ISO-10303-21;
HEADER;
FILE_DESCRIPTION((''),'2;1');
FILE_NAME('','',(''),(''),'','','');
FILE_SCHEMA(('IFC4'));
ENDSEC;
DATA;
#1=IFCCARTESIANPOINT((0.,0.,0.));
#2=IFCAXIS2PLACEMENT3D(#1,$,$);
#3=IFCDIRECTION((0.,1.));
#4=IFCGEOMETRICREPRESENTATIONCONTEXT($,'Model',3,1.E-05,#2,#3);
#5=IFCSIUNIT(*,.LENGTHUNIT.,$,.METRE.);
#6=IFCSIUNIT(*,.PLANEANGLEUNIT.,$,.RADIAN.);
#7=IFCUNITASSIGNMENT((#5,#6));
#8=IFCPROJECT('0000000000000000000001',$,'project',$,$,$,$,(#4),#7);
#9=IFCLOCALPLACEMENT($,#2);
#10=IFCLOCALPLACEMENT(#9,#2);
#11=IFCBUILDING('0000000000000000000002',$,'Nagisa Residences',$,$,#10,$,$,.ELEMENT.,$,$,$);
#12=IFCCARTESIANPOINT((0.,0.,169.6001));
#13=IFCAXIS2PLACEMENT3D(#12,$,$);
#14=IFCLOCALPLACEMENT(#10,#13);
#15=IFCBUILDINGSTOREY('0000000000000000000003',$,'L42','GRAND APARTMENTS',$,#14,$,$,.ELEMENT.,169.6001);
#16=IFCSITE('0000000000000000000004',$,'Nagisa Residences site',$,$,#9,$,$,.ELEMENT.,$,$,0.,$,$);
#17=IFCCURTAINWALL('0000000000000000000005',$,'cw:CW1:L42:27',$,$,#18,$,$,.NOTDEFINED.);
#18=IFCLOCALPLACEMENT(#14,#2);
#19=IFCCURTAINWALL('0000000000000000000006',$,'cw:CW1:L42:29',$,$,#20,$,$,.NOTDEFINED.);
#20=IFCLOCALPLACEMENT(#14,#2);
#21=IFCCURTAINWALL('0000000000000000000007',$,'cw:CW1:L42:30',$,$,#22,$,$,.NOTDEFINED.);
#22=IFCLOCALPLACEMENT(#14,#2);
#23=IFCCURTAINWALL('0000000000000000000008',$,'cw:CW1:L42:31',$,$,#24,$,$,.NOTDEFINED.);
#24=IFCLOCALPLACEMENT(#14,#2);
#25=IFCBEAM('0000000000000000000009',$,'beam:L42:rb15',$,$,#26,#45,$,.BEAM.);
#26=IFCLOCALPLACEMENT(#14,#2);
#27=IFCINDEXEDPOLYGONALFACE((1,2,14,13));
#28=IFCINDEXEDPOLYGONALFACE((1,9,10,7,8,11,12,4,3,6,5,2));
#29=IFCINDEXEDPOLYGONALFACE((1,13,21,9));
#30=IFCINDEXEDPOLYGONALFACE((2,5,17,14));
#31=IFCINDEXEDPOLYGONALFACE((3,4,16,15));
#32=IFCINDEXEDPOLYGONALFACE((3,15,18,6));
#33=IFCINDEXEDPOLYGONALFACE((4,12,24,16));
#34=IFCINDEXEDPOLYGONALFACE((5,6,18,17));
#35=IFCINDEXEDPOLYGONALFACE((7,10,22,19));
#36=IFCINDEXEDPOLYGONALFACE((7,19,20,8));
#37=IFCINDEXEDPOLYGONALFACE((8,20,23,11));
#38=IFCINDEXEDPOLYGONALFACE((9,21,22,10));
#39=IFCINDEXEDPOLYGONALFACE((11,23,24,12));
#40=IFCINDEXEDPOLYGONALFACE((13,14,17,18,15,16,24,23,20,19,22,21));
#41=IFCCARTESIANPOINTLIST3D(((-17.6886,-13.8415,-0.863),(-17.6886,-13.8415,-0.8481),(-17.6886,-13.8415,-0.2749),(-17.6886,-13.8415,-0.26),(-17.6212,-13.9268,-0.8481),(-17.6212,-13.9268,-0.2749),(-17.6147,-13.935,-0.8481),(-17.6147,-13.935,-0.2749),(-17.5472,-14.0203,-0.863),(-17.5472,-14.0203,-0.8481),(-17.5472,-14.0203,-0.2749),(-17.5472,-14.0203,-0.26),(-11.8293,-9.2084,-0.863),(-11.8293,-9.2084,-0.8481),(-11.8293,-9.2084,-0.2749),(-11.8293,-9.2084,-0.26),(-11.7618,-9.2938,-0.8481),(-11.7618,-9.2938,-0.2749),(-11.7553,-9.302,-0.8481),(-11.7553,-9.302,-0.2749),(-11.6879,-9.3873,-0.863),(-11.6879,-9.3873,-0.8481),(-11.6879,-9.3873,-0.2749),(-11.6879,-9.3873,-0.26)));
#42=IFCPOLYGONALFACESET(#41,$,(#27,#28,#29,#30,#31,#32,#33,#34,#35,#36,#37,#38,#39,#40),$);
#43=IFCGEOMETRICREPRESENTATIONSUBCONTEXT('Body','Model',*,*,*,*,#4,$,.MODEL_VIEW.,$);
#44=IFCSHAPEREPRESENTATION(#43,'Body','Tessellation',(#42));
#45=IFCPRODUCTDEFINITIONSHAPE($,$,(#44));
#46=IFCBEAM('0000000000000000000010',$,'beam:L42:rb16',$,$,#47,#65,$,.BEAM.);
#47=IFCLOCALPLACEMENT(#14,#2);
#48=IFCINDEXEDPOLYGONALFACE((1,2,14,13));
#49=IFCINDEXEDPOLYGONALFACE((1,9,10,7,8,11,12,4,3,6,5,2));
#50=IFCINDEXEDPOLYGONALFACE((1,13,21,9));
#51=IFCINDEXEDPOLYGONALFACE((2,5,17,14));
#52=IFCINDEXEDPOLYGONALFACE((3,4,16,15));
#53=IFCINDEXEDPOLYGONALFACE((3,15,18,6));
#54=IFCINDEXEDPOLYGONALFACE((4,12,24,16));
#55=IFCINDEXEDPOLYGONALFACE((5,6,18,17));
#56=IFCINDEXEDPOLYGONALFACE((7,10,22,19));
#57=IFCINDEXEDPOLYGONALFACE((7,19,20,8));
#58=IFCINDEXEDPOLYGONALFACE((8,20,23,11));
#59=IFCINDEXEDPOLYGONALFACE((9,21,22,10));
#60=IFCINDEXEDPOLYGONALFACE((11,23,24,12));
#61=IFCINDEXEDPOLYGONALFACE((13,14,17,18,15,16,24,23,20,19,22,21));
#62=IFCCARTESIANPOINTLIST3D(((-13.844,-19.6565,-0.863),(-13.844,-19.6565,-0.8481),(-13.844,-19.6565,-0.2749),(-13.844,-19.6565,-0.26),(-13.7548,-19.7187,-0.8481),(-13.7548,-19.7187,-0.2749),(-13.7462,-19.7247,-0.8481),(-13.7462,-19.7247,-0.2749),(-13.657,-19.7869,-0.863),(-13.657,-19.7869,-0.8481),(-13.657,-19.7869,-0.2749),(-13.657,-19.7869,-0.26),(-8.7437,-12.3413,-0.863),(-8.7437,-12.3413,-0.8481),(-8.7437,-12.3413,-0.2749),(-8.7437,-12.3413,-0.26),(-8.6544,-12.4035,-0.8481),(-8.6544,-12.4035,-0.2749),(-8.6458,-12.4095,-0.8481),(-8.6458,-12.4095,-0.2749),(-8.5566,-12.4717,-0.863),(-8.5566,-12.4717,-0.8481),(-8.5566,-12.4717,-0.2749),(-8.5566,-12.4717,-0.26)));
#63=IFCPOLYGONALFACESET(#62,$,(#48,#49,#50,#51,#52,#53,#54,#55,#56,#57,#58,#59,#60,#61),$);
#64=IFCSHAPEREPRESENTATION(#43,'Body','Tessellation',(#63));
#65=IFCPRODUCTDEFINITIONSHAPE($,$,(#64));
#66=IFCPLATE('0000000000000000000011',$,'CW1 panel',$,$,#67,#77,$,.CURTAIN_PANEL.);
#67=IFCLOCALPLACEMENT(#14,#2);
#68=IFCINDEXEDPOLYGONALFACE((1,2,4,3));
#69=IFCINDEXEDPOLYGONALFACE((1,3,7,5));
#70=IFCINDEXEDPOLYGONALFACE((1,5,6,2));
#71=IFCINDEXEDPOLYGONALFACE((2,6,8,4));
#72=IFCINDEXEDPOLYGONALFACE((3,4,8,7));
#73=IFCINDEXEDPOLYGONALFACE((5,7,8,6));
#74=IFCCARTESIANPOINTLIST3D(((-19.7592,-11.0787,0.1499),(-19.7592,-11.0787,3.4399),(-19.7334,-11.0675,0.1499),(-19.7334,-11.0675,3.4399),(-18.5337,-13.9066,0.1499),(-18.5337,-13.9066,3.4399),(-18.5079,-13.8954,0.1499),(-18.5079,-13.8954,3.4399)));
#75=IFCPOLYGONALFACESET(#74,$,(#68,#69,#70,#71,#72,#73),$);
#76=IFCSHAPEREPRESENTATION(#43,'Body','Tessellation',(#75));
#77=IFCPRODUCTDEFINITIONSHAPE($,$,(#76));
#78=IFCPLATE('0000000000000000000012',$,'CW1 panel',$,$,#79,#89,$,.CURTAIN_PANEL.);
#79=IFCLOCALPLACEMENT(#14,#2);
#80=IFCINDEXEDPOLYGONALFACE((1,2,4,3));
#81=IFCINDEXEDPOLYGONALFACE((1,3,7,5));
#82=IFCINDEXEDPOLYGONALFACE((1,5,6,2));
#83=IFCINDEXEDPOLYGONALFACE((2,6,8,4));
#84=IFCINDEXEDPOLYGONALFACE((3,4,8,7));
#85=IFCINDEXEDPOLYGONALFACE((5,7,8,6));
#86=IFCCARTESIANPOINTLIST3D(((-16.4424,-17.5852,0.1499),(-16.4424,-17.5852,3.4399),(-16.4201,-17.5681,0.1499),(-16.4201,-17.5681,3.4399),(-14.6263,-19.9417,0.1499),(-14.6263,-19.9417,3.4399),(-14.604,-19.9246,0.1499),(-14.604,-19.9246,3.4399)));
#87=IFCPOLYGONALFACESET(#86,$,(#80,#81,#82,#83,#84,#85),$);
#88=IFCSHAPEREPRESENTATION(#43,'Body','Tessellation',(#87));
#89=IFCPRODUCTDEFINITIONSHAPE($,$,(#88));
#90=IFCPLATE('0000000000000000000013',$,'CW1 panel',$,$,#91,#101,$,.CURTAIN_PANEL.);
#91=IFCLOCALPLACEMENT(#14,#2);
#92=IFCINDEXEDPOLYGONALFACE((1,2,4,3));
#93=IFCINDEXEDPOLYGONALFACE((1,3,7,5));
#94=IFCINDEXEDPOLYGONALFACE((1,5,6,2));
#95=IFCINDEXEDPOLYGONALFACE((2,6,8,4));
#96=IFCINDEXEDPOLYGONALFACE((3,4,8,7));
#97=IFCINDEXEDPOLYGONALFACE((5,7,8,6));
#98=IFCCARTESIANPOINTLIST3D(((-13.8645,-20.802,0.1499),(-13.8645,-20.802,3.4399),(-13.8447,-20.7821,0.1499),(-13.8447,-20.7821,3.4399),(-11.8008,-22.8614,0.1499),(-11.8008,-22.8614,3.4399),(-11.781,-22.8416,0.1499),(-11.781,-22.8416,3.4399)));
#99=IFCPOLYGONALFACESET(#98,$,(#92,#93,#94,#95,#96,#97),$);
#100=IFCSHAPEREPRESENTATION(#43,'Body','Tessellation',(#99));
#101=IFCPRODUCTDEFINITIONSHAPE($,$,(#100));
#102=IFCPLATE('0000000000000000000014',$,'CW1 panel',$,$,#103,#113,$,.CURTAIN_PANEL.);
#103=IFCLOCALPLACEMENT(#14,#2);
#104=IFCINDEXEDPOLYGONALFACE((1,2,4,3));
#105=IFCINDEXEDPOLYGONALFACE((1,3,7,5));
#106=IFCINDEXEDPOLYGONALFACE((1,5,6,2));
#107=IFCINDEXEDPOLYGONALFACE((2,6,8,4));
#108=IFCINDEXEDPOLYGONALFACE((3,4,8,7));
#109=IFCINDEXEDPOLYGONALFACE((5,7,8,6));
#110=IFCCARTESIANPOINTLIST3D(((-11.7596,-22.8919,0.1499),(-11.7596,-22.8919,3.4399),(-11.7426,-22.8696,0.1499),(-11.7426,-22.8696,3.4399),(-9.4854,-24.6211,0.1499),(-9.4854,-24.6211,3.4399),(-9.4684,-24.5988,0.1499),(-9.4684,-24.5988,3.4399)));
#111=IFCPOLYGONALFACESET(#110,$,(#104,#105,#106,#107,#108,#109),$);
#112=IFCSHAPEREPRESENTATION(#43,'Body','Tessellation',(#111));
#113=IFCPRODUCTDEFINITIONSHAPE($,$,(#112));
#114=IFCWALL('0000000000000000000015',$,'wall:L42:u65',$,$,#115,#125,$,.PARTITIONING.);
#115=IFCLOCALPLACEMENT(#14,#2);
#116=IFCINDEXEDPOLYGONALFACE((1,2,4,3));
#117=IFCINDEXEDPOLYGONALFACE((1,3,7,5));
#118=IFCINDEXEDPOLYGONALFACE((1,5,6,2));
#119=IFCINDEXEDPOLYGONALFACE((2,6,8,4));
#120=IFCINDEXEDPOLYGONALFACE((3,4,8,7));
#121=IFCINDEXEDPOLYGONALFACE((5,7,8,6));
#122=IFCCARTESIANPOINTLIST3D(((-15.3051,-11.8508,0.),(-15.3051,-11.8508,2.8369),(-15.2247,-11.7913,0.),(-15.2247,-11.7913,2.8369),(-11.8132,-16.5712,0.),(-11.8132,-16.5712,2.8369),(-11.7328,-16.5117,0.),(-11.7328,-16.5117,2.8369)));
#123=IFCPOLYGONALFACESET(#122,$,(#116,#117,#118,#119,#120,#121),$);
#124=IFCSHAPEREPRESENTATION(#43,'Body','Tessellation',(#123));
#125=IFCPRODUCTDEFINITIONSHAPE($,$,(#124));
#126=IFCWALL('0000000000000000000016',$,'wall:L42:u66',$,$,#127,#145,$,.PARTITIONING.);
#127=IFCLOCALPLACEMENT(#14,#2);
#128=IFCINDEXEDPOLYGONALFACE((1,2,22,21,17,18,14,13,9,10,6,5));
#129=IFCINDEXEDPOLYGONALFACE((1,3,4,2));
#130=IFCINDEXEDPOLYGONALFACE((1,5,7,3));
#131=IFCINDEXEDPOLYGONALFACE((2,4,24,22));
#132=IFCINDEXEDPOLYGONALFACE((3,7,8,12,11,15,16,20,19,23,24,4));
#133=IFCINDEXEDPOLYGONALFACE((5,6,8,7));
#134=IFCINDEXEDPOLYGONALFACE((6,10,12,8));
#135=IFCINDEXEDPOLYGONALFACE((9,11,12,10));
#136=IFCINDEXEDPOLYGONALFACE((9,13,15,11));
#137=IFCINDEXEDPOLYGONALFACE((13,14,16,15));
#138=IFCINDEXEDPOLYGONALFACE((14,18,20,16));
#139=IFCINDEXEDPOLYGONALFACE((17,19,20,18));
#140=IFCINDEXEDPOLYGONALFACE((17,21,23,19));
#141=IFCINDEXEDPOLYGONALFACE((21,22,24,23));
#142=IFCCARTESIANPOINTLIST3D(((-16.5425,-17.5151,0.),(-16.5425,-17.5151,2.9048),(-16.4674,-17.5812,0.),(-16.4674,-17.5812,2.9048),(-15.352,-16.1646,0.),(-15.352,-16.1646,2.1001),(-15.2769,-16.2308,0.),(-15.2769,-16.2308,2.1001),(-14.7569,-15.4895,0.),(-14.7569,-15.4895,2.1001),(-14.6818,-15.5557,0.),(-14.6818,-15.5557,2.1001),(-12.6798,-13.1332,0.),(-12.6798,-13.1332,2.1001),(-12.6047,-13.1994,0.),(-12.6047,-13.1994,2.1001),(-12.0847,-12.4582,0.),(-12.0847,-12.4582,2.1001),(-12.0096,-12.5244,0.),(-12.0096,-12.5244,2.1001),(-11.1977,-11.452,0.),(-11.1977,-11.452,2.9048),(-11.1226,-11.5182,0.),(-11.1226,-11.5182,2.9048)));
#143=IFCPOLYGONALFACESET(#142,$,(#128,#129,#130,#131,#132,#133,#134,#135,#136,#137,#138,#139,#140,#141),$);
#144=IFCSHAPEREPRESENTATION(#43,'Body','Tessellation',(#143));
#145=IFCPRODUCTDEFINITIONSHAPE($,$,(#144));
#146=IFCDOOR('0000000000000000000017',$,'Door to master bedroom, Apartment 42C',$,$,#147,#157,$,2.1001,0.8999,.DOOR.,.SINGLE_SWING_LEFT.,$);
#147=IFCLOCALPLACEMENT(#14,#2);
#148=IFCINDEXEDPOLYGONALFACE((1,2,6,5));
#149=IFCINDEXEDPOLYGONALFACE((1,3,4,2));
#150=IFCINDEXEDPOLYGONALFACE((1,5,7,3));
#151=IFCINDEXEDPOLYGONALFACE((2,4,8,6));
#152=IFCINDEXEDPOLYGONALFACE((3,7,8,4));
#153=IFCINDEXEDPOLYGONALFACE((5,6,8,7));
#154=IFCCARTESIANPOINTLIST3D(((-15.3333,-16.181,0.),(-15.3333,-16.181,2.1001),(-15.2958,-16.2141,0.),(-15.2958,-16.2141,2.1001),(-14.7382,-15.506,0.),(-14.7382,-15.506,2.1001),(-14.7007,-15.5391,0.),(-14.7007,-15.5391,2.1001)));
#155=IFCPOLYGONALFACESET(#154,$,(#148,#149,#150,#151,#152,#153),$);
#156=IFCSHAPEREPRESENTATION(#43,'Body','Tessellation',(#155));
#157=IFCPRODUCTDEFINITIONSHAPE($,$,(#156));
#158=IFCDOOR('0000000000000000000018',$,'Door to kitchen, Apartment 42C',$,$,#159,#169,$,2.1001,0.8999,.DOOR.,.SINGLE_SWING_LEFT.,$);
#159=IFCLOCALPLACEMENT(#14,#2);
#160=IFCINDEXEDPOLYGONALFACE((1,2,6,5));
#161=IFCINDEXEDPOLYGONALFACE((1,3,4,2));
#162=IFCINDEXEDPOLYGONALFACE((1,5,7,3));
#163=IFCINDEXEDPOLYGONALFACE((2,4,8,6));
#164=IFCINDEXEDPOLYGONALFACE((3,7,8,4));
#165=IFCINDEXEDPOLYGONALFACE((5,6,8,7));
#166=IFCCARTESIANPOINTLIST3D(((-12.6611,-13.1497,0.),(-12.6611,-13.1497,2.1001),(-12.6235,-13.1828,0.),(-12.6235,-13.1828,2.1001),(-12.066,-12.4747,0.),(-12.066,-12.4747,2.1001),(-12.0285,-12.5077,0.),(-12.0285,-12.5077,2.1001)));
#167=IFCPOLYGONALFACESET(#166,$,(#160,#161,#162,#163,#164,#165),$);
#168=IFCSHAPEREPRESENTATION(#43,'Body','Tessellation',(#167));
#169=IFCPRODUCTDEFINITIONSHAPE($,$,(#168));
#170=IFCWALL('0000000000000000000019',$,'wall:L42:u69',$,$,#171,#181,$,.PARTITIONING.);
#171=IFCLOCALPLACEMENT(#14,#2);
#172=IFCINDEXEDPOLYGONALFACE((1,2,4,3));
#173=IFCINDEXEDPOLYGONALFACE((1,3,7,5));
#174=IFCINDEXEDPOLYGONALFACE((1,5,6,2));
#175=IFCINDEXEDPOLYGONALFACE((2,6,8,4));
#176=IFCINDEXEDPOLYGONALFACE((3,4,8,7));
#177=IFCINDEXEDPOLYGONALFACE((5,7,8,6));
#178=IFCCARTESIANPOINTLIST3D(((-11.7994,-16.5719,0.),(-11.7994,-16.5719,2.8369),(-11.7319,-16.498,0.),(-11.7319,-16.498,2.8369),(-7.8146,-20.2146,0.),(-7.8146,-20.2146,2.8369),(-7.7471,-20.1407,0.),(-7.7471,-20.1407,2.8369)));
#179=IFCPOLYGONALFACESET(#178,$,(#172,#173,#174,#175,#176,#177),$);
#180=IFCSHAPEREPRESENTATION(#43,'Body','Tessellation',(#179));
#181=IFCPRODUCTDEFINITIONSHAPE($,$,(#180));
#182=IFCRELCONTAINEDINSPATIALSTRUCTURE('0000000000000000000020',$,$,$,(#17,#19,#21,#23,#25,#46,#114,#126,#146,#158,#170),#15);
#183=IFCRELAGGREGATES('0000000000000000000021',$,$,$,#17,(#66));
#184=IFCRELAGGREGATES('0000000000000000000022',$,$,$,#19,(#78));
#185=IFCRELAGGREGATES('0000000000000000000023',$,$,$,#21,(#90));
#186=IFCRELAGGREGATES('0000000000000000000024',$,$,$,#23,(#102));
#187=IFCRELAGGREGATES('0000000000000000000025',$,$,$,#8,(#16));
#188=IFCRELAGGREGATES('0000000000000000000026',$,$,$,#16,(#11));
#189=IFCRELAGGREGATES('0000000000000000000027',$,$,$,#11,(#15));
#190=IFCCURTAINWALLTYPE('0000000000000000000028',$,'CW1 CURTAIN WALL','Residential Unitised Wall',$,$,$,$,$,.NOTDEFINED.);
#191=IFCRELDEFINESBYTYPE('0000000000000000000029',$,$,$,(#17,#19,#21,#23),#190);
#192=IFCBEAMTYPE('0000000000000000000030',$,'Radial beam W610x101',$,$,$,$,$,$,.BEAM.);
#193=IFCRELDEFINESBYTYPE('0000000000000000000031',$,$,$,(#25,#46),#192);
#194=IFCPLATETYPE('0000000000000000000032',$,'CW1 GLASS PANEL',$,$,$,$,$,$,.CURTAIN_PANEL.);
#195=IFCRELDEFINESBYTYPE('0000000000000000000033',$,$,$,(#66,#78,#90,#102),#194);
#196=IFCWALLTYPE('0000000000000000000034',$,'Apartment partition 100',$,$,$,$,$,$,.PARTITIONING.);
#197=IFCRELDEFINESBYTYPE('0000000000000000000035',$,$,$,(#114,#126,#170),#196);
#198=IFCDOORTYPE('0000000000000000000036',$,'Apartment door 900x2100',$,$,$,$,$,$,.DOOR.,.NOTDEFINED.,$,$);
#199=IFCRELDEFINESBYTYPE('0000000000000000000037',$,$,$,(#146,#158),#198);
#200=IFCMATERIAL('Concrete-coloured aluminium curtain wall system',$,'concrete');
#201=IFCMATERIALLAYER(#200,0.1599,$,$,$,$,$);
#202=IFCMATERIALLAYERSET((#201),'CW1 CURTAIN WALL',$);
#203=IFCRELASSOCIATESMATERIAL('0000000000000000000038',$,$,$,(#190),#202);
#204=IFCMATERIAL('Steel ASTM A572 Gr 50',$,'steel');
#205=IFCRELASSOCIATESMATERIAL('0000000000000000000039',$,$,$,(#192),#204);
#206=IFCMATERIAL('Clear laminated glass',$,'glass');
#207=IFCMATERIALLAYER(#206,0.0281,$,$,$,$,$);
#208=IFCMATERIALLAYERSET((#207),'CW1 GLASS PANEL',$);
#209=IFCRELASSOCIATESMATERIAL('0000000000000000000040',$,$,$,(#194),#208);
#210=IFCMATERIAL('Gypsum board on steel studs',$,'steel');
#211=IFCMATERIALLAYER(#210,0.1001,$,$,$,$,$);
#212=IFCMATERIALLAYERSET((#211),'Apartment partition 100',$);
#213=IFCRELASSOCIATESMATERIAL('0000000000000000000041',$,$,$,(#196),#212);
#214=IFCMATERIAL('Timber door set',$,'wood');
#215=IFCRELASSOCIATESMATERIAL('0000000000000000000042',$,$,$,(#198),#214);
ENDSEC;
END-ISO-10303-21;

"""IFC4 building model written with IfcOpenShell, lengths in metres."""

from ifc_helpers import new_model, si_unit, direction, frame, frame_2d, origin, origin_2d, place, context, subcontext, project, spatial, rectangle, i_section, extrude, material, layer, layer_set, material_profile, profile_set, type_object, element, fill, aggregate, save


model = new_model("IFC4")

# Units and contexts
model_context = context("Model", 3, precision=1e-05, world=origin(), true_north=direction((0.0, 1.0)))
body_context = subcontext(model_context, "Body", "Model", "MODEL_VIEW")
ifc_project = project(units=[si_unit("LENGTHUNIT", "METRE"), si_unit("PLANEANGLEUNIT", "RADIAN")], contexts=[model_context])

# Site, building, storey
site_placement = place(None, origin())
site = spatial("IfcSite", under=ifc_project, at=site_placement, Name="Nagisa Residences site", CompositionType="ELEMENT", RefElevation=0.0)
building_placement = place(site_placement, origin())
building = spatial("IfcBuilding", under=site, at=building_placement, Name="Nagisa Residences", CompositionType="ELEMENT")
storey_placement = place(building_placement, frame((0.0, 0.0, 169.6001)))
storey = spatial("IfcBuildingStorey", under=building, at=storey_placement, Name="L42", Description="GRAND APARTMENTS", CompositionType="ELEMENT", Elevation=169.6001)

# Curtain walls
ifc_material_1 = material(Name="Concrete-coloured aluminium curtain wall system", Category="concrete")
ifc_layer_1 = layer(ifc_material_1, 0.1599)
ifc_layer_set_1 = layer_set([ifc_layer_1], Name="CW1 CURTAIN WALL")
curtain_wall_type = type_object("IfcCurtainWallType", Name="CW1 CURTAIN WALL", Description="Residential Unitised Wall", PredefinedType="NOTDEFINED", material=ifc_layer_set_1)
curtain_wall_1_placement = place(storey_placement, origin())
curtain_wall_1 = element("IfcCurtainWall", 1, at=curtain_wall_1_placement, inside=storey, type_object=curtain_wall_type, Name="cw:CW1:L42:27", PredefinedType="NOTDEFINED")
curtain_wall_2_placement = place(storey_placement, origin())
curtain_wall_2 = element("IfcCurtainWall", 2, at=curtain_wall_2_placement, inside=storey, type_object=curtain_wall_type, Name="cw:CW1:L42:29", PredefinedType="NOTDEFINED")
curtain_wall_3_placement = place(storey_placement, origin())
curtain_wall_3 = element("IfcCurtainWall", 3, at=curtain_wall_3_placement, inside=storey, type_object=curtain_wall_type, Name="cw:CW1:L42:30", PredefinedType="NOTDEFINED")
curtain_wall_4_placement = place(storey_placement, origin())
curtain_wall_4 = element("IfcCurtainWall", 4, at=curtain_wall_4_placement, inside=storey, type_object=curtain_wall_type, Name="cw:CW1:L42:31", PredefinedType="NOTDEFINED")

# Beams
ifc_material_2 = material(Name="Steel ASTM A572 Gr 50", Category="steel")
ifc_material_profile_1 = material_profile(ifc_material_2, i_section(OverallWidth=0.228, OverallDepth=0.603, WebThickness=0.0105, FlangeThickness=0.0149, at=origin_2d()), Name="W610x101")
ifc_profile_set_1 = profile_set([ifc_material_profile_1], Name="Steel ASTM A572 Gr 50")
beam_type_1 = type_object("IfcBeamType", Name="Radial beam W610x101", PredefinedType="BEAM", material=ifc_profile_set_1)
beam_1_placement = place(storey_placement, frame((-17.6179, -13.9309, -0.5615), z_axis=(0.784412, 0.620241, 0.0), x_axis=(-0.620241, 0.784412, 0.0)))
element("IfcBeam", 5, at=beam_1_placement, inside=storey, type_object=beam_type_1, Name="beam:L42:rb15", PredefinedType="BEAM", context=body_context, shape_type="SweptSolid", body=[
    extrude(i_section(OverallWidth=0.228, OverallDepth=0.603, WebThickness=0.0105, FlangeThickness=0.0149, at=origin_2d()), origin(), (0.0, 0.0, 1.0), 7.4697),
])
beam_2_placement = place(storey_placement, frame((-13.7505, -19.7217, -0.5615), z_axis=(0.571934, 0.820299, 0.0), x_axis=(-0.820299, 0.571934, 0.0)))
element("IfcBeam", 6, at=beam_2_placement, inside=storey, type_object=beam_type_1, Name="beam:L42:rb16", PredefinedType="BEAM", context=body_context, shape_type="SweptSolid", body=[
    extrude(i_section(OverallWidth=0.228, OverallDepth=0.603, WebThickness=0.0105, FlangeThickness=0.0149, at=origin_2d()), origin(), (0.0, 0.0, 1.0), 8.9177),
])

# Plates
ifc_material_3 = material(Name="Clear laminated glass", Category="glass")
ifc_layer_2 = layer(ifc_material_3, 0.0281)
ifc_layer_set_2 = layer_set([ifc_layer_2], Name="CW1 GLASS PANEL")
plate_type = type_object("IfcPlateType", Name="CW1 GLASS PANEL", PredefinedType="CURTAIN_PANEL", material=ifc_layer_set_2)
plate_1_placement = place(storey_placement, frame((-19.1335, -12.4871, 0.1499), z_axis=(0.0, 0.0, 1.0), x_axis=(0.397636, -0.917543, 0.0)))
plate_1 = element("IfcPlate", 7, at=plate_1_placement, type_object=plate_type, Name="CW1 panel", PredefinedType="CURTAIN_PANEL", context=body_context, shape_type="SweptSolid", body=[
    extrude(rectangle(XDim=3.082, YDim=0.0281, at=origin_2d()), origin(), (0.0, 0.0, 1.0), 3.29),
])
aggregate(curtain_wall_1, [plate_1])
plate_2_placement = place(storey_placement, frame((-15.5232, -18.7549, 0.1499), z_axis=(0.0, 0.0, 1.0), x_axis=(0.61043, -0.79207, 0.0)))
plate_2 = element("IfcPlate", 8, at=plate_2_placement, type_object=plate_type, Name="CW1 panel", PredefinedType="CURTAIN_PANEL", context=body_context, shape_type="SweptSolid", body=[
    extrude(rectangle(XDim=2.9751, YDim=0.0281, at=origin_2d()), origin(), (0.0, 0.0, 1.0), 3.29),
])
aggregate(curtain_wall_2, [plate_2])
plate_3_placement = place(storey_placement, frame((-12.8228, -21.8218, 0.1499), z_axis=(0.0, 0.0, 1.0), x_axis=(0.707836, -0.706377, 0.0)))
plate_3 = element("IfcPlate", 9, at=plate_3_placement, type_object=plate_type, Name="CW1 panel", PredefinedType="CURTAIN_PANEL", context=body_context, shape_type="SweptSolid", body=[
    extrude(rectangle(XDim=2.9155, YDim=0.0281, at=origin_2d()), origin(), (0.0, 0.0, 1.0), 3.29),
])
aggregate(curtain_wall_3, [plate_3])
plate_4_placement = place(storey_placement, frame((-10.614, -23.7454, 0.1499), z_axis=(0.0, 0.0, 1.0), x_axis=(0.796031, -0.605255, 0.0)))
plate_4 = element("IfcPlate", 10, at=plate_4_placement, type_object=plate_type, Name="CW1 panel", PredefinedType="CURTAIN_PANEL", context=body_context, shape_type="SweptSolid", body=[
    extrude(rectangle(XDim=2.8569, YDim=0.0281, at=origin_2d()), origin(), (0.0, 0.0, 1.0), 3.29),
])
aggregate(curtain_wall_4, [plate_4])

# Wall
ifc_material_4 = material(Name="Gypsum board on steel studs", Category="steel")
ifc_layer_3 = layer(ifc_material_4, 0.1001)
ifc_layer_set_3 = layer_set([ifc_layer_3], Name="Apartment partition 100")
wall_type_1 = type_object("IfcWallType", Name="Apartment partition 100", PredefinedType="PARTITIONING", material=ifc_layer_set_3)
wall_1_placement = place(storey_placement, frame((-15.2649, -11.821, 0.0), z_axis=(0.0, 0.0, 1.0), x_axis=(0.594711, -0.803939, 0.0)))
element("IfcWall", 11, at=wall_1_placement, inside=storey, type_object=wall_type_1, Name="wall:L42:u65", PredefinedType="PARTITIONING", context=body_context, shape_type="SweptSolid", body=[
    extrude(rectangle(XDim=5.8716, YDim=0.1001, at=frame_2d((2.9358, 0.0))), origin(), (0.0, 0.0, 1.0), 2.8369),
])

# Wall, openings, doors
wall_2_placement = place(storey_placement, frame((-11.1602, -11.4851, 0.0), z_axis=(0.0, 0.0, 1.0), x_axis=(-0.661276, -0.750143, 0.0)))
wall_2 = element("IfcWall", 12, at=wall_2_placement, inside=storey, type_object=wall_type_1, Name="wall:L42:u66", PredefinedType="PARTITIONING", context=body_context, shape_type="SweptSolid", body=[
    extrude(rectangle(XDim=8.0825, YDim=0.1001, at=frame_2d((4.0413, 0.0))), origin(), (0.0, 0.0, 1.0), 2.9048),
])
opening_1_placement = place(wall_2_placement, frame((5.3823, 0.0, 0.0)))
opening_1 = element("IfcOpeningElement", 13, at=opening_1_placement, cuts=wall_2, PredefinedType="OPENING", context=body_context, shape_type="SweptSolid", body=[
    extrude(rectangle(XDim=0.8999, YDim=2.1001, at=frame_2d((0.45, 1.05))), frame((0.0, 0.0601, 0.0), z_axis=(0.0, -1.0, 0.0), x_axis=(1.0, 0.0, 0.0)), (0.0, 0.0, 1.0), 0.1201),
])
opening_2_placement = place(wall_2_placement, frame((1.3413, 0.0, 0.0)))
opening_2 = element("IfcOpeningElement", 14, at=opening_2_placement, cuts=wall_2, PredefinedType="OPENING", context=body_context, shape_type="SweptSolid", body=[
    extrude(rectangle(XDim=0.8999, YDim=2.1001, at=frame_2d((0.45, 1.05))), frame((0.0, 0.0601, 0.0), z_axis=(0.0, -1.0, 0.0), x_axis=(1.0, 0.0, 0.0)), (0.0, 0.0, 1.0), 0.1201),
])
ifc_material_5 = material(Name="Timber door set", Category="wood")
door_type_1 = type_object("IfcDoorType", Name="Apartment door 900x2100", OperationType="NOTDEFINED", PredefinedType="DOOR", material=ifc_material_5)
door_1_placement = place(opening_1_placement, origin())
door_1 = element("IfcDoor", 15, at=door_1_placement, inside=storey, type_object=door_type_1, Name="Door to master bedroom, Apartment 42C", OperationType="SINGLE_SWING_LEFT", OverallHeight=2.1001, OverallWidth=0.8999, PredefinedType="DOOR", context=body_context, shape_type="SweptSolid", body=[
    extrude(rectangle(XDim=0.8999, YDim=2.1001, at=frame_2d((0.45, 1.05))), frame((0.0, 0.0249, 0.0), z_axis=(0.0, -1.0, 0.0), x_axis=(1.0, 0.0, 0.0)), (0.0, 0.0, 1.0), 0.05),
])
fill(opening_1, door_1)
door_2_placement = place(opening_2_placement, origin())
door_2 = element("IfcDoor", 16, at=door_2_placement, inside=storey, type_object=door_type_1, Name="Door to kitchen, Apartment 42C", OperationType="SINGLE_SWING_LEFT", OverallHeight=2.1001, OverallWidth=0.8999, PredefinedType="DOOR", context=body_context, shape_type="SweptSolid", body=[
    extrude(rectangle(XDim=0.8999, YDim=2.1001, at=frame_2d((0.45, 1.05))), frame((0.0, 0.0249, 0.0), z_axis=(0.0, -1.0, 0.0), x_axis=(1.0, 0.0, 0.0)), (0.0, 0.0, 1.0), 0.05),
])
fill(opening_2, door_2)

# Wall
wall_3_placement = place(storey_placement, frame((-11.7656, -16.5349, 0.0), z_axis=(0.0, 0.0, 1.0), x_axis=(0.738073, -0.674721, 0.0)))
element("IfcWall", 17, at=wall_3_placement, inside=storey, type_object=wall_type_1, Name="wall:L42:u69", PredefinedType="PARTITIONING", context=body_context, shape_type="SweptSolid", body=[
    extrude(rectangle(XDim=5.3989, YDim=0.1001, at=frame_2d((2.6995, 0.0))), origin(), (0.0, 0.0, 1.0), 2.8369),
])

save(model, "model.ifc")
